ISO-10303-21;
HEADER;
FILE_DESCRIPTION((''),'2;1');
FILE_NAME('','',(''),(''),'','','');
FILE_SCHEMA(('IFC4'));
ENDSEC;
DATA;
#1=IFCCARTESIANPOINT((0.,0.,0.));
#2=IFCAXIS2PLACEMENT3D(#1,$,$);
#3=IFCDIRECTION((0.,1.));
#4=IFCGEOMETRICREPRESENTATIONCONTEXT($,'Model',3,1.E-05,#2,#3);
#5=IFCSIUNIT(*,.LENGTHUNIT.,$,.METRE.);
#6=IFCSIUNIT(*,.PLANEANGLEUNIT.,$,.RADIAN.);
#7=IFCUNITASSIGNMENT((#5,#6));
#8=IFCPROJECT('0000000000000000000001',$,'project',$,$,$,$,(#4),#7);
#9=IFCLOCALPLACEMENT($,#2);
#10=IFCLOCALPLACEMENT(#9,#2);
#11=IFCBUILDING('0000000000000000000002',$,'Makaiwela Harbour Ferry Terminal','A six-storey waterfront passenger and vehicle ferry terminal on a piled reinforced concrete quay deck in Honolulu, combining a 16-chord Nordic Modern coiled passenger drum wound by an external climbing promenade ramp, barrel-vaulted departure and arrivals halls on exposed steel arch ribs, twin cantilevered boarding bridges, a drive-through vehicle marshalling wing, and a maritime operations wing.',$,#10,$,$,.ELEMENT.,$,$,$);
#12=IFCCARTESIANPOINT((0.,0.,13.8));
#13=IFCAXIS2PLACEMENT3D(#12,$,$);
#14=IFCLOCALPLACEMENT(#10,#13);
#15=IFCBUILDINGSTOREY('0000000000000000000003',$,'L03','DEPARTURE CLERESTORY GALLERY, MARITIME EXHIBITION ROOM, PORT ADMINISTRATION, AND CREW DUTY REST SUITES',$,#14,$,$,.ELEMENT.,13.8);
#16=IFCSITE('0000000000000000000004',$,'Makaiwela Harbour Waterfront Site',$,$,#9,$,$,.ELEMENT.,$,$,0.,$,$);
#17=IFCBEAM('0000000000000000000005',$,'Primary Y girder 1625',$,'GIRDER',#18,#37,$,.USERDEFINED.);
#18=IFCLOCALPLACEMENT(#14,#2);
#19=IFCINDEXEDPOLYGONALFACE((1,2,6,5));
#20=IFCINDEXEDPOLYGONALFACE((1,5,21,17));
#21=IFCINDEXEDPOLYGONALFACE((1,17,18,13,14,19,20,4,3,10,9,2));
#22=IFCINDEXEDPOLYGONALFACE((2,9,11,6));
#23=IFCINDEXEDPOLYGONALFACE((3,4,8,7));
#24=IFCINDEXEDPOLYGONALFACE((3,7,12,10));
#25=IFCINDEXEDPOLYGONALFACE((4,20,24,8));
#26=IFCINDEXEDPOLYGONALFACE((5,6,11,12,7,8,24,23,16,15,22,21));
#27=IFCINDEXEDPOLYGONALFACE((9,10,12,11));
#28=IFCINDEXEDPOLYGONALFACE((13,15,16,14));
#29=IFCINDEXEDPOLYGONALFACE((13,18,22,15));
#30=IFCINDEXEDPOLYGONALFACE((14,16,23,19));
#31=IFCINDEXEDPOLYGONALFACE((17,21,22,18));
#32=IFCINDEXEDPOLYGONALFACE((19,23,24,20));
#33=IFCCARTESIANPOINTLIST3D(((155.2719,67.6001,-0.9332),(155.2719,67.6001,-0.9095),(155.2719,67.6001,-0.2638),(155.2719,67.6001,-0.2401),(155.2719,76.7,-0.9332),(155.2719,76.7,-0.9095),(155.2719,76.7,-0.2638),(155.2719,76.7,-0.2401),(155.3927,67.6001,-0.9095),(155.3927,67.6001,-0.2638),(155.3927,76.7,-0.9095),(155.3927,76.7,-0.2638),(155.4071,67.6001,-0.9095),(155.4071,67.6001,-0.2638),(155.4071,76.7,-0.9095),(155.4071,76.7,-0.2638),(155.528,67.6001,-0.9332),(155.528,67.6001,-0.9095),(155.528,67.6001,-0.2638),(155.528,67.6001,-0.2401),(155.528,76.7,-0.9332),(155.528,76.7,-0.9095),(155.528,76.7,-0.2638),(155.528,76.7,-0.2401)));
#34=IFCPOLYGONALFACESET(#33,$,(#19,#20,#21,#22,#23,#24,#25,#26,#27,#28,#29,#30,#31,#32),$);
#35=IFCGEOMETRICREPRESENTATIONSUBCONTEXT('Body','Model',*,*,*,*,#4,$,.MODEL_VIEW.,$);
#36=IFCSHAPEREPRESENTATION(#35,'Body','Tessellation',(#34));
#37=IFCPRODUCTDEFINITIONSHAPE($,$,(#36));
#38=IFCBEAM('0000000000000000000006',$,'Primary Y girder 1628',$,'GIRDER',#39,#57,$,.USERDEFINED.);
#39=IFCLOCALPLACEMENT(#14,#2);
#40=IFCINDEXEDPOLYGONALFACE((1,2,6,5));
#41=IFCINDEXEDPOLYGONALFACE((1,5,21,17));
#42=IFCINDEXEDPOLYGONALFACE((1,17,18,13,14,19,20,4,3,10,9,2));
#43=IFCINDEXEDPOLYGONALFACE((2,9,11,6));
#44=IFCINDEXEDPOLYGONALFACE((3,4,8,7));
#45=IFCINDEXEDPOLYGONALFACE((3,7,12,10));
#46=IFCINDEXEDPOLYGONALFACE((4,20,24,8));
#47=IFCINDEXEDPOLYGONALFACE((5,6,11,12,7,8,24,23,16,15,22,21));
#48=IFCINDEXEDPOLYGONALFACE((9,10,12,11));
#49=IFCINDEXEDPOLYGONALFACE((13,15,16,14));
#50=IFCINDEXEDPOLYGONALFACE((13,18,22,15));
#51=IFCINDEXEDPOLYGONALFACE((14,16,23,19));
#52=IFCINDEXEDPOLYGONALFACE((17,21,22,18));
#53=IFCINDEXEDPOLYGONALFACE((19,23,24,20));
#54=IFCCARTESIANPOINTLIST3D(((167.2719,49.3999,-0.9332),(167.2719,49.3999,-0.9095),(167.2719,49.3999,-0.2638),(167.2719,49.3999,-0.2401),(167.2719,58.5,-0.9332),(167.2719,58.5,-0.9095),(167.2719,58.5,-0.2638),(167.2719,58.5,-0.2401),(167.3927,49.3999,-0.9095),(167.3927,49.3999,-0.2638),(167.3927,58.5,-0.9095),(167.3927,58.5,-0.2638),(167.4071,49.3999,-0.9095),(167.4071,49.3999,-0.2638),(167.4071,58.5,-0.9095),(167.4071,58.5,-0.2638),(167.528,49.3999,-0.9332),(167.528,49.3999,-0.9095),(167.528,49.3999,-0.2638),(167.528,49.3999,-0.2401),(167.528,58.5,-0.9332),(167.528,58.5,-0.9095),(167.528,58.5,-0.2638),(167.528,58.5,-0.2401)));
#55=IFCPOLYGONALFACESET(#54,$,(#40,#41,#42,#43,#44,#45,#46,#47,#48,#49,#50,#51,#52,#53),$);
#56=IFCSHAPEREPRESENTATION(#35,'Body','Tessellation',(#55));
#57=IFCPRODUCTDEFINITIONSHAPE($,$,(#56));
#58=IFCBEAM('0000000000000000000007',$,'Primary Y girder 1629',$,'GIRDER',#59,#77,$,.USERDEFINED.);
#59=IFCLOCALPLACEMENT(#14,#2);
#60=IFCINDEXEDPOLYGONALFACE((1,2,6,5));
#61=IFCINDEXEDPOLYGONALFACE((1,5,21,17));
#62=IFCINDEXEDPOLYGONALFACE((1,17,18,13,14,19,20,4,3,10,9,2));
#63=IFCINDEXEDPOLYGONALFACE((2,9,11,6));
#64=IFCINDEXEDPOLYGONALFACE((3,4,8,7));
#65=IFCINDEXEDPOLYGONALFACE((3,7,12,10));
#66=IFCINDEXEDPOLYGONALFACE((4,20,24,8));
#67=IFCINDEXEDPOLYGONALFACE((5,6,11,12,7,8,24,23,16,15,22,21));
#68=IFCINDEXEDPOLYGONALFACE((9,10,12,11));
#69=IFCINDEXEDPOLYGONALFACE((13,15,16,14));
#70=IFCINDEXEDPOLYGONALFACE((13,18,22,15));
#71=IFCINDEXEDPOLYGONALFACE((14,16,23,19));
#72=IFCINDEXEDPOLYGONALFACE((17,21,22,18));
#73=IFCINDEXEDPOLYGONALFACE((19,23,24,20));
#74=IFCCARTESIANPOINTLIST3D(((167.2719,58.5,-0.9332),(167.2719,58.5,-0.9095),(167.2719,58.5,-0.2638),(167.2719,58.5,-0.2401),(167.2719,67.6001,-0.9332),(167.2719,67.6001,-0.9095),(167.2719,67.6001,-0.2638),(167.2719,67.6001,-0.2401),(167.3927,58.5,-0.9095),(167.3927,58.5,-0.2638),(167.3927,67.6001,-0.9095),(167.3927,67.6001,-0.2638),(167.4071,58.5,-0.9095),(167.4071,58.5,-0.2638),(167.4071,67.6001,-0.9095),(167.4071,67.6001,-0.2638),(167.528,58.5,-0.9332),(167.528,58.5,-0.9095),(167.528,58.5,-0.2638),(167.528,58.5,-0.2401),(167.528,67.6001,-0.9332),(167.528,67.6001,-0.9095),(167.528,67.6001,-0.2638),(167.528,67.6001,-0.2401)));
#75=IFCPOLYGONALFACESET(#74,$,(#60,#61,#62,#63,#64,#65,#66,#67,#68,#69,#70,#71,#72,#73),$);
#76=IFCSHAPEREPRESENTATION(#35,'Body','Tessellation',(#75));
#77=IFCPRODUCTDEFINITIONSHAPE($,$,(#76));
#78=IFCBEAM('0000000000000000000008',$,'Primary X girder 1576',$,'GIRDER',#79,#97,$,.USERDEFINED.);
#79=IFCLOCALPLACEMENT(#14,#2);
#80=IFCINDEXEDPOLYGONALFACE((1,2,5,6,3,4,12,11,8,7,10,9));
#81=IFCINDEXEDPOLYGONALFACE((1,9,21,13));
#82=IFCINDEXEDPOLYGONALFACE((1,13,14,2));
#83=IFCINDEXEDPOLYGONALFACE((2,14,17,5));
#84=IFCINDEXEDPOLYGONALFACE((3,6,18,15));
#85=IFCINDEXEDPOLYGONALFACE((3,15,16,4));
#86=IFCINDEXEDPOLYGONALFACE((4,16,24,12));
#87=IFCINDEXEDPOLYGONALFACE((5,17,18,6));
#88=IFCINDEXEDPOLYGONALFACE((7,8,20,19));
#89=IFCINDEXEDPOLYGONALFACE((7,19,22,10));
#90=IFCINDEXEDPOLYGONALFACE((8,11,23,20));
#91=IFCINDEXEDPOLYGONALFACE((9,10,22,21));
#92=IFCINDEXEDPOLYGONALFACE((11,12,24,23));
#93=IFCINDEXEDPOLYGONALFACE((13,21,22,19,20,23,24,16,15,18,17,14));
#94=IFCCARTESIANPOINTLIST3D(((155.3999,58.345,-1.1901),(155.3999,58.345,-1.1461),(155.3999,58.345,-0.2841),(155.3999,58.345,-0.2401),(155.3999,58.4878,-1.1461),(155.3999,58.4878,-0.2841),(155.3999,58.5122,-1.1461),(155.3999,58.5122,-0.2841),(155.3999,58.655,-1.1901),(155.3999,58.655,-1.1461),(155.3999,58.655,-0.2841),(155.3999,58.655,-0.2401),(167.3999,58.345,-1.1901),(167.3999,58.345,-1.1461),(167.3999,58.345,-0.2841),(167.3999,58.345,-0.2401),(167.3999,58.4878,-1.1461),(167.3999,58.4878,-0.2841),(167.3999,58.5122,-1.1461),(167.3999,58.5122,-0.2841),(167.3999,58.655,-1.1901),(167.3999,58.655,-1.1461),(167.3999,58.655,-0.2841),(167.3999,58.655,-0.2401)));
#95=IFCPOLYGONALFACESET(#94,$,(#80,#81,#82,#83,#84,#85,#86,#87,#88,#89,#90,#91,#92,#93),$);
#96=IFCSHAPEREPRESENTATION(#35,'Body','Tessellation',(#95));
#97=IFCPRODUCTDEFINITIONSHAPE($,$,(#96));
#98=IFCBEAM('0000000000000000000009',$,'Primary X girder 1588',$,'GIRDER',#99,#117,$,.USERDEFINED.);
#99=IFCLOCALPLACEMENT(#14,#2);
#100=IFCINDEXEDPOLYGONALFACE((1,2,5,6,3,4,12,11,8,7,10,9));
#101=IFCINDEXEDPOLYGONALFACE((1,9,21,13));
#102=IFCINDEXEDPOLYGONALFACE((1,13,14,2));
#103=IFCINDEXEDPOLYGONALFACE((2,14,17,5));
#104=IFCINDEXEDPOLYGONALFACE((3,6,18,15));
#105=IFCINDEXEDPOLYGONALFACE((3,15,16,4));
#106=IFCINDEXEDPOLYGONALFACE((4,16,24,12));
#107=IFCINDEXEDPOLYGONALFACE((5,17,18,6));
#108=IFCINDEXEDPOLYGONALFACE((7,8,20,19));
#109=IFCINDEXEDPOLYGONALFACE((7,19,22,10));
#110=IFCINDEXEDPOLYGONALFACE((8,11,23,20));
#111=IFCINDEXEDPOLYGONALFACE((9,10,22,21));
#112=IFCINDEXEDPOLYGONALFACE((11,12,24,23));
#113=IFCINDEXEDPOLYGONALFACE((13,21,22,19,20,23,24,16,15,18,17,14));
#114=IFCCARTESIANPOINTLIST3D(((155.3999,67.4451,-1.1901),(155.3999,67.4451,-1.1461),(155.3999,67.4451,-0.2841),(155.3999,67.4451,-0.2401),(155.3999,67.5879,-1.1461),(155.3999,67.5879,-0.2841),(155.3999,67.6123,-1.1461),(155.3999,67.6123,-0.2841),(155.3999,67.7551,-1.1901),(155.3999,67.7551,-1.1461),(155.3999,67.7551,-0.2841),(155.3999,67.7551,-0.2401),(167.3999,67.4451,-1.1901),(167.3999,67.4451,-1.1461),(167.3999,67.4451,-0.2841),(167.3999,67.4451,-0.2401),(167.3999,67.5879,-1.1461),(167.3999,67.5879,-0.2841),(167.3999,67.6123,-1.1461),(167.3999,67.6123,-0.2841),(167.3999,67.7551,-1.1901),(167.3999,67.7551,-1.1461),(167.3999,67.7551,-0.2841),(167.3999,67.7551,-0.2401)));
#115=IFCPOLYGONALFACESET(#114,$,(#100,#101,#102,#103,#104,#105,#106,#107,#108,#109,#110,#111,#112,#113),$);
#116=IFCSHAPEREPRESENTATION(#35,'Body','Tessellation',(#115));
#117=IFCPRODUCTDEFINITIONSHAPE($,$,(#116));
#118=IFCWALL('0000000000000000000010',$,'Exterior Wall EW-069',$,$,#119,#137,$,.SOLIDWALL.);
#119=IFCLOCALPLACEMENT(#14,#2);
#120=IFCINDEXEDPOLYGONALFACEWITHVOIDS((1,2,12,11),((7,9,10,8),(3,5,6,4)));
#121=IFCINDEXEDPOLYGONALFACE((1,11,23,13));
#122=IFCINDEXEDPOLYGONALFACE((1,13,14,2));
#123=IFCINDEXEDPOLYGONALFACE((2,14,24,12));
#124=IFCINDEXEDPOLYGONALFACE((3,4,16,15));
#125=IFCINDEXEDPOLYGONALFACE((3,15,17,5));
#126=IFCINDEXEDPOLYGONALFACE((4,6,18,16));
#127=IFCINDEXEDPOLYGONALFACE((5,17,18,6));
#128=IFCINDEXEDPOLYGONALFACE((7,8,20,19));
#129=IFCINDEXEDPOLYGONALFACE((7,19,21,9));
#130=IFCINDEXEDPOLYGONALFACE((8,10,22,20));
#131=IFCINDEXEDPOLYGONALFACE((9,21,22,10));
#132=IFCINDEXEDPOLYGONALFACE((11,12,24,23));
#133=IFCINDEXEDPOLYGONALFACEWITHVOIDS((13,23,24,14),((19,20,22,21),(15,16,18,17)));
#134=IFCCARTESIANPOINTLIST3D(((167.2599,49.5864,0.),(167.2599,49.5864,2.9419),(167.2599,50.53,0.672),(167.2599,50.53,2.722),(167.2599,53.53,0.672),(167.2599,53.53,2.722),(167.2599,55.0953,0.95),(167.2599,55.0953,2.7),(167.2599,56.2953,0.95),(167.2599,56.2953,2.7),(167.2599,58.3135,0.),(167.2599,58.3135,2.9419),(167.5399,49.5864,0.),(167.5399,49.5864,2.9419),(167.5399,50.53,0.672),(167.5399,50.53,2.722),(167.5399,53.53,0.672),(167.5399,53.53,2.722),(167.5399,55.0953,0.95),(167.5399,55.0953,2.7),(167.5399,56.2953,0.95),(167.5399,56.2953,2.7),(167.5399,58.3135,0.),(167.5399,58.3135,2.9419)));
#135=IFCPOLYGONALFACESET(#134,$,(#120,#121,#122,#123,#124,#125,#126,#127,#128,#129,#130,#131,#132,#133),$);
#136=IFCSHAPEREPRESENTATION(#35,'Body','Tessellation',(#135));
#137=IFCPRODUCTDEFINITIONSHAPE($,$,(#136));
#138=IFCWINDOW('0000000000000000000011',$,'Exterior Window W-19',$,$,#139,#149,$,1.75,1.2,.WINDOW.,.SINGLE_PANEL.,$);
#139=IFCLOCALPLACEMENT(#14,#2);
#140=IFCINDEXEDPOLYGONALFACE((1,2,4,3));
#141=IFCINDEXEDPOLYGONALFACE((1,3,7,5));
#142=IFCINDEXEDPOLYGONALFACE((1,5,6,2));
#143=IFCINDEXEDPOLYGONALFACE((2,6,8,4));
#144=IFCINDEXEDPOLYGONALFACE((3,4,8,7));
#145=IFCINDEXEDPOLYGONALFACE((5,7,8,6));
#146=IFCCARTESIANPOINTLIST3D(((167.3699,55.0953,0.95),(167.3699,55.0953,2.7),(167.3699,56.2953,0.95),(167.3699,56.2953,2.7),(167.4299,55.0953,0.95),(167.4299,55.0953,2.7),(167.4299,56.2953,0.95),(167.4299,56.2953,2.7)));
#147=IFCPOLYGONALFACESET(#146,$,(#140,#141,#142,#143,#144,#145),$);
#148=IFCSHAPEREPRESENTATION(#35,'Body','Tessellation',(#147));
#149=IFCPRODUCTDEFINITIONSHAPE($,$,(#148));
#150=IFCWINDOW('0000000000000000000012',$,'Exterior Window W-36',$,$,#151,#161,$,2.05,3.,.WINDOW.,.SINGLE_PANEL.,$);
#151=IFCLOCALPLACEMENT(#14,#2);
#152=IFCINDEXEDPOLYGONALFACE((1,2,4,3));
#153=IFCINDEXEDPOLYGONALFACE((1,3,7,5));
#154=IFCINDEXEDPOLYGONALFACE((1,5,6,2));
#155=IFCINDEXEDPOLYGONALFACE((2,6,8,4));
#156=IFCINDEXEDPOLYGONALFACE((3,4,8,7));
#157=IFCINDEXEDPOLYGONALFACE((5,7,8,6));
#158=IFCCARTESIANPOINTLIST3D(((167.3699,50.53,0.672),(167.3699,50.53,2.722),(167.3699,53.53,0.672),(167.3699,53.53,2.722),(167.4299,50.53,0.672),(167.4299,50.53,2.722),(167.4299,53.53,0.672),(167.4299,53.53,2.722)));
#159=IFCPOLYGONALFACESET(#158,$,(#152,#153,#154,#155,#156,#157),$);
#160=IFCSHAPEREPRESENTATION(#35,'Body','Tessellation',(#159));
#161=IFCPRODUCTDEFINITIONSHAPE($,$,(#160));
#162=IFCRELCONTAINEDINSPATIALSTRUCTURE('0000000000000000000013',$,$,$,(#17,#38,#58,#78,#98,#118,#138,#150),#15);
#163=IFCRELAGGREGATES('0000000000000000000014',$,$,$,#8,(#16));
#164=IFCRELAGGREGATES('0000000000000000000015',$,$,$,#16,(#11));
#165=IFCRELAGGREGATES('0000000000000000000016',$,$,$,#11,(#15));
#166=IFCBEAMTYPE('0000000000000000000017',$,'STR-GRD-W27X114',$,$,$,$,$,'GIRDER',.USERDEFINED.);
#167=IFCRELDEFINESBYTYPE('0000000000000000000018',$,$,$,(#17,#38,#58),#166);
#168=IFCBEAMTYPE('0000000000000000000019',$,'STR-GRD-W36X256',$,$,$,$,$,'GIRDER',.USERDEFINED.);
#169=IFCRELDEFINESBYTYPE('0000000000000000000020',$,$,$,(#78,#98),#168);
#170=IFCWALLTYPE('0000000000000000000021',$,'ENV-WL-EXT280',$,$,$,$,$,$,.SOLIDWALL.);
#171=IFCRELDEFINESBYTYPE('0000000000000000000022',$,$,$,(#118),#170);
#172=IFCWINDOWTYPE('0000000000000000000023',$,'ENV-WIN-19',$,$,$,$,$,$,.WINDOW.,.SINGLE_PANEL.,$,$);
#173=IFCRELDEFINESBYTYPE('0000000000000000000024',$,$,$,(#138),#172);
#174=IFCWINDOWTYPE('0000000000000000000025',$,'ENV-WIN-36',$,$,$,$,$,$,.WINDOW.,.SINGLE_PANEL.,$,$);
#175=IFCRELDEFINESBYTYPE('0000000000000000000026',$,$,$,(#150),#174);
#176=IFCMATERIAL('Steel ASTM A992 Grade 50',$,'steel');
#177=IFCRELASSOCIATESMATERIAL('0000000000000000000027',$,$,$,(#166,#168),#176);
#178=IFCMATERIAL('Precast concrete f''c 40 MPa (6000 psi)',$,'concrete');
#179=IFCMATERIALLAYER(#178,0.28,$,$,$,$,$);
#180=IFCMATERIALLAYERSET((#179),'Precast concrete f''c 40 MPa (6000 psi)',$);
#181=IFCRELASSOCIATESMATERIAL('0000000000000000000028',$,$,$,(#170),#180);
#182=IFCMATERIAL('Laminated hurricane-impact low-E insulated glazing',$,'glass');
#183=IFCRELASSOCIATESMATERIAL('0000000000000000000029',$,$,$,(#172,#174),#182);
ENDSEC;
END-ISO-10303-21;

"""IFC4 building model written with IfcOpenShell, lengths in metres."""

from ifc_helpers import new_model, si_unit, direction, frame, frame_2d, origin, origin_2d, place, context, subcontext, project, spatial, rectangle, i_section, extrude, material, layer, layer_set, material_profile, profile_set, type_object, element, fill, save


model = new_model("IFC4")

# Units and contexts
model_context = context("Model", 3, precision=1e-05, world=origin(), true_north=direction((0.0, 1.0)))
body_context = subcontext(model_context, "Body", "Model", "MODEL_VIEW")
ifc_project = project(units=[si_unit("LENGTHUNIT", "METRE"), si_unit("PLANEANGLEUNIT", "RADIAN")], contexts=[model_context])

# Site, building, storey
site_placement = place(None, origin())
site = spatial("IfcSite", under=ifc_project, at=site_placement, Name="Makaiwela Harbour Waterfront Site", CompositionType="ELEMENT", RefElevation=0.0)
building_placement = place(site_placement, origin())
building = spatial("IfcBuilding", under=site, at=building_placement, Name="Makaiwela Harbour Ferry Terminal", Description="A six-storey waterfront passenger and vehicle ferry terminal on a piled reinforced concrete quay deck in Honolulu, combining a 16-chord Nordic Modern coiled passenger drum wound by an external climbing promenade ramp, barrel-vaulted departure and arrivals halls on exposed steel arch ribs, twin cantilevered boarding bridges, a drive-through vehicle marshalling wing, and a maritime operations wing.", CompositionType="ELEMENT")
storey_placement = place(building_placement, frame((0.0, 0.0, 13.8)))
storey = spatial("IfcBuildingStorey", under=building, at=storey_placement, Name="L03", Description="DEPARTURE CLERESTORY GALLERY, MARITIME EXHIBITION ROOM, PORT ADMINISTRATION, AND CREW DUTY REST SUITES", CompositionType="ELEMENT", Elevation=13.8)

# Shared definitions
ifc_material_1 = material(Name="Steel ASTM A992 Grade 50", Category="steel")

# Beams
ifc_material_profile_1 = material_profile(ifc_material_1, i_section(OverallWidth=0.2561, OverallDepth=0.6931, WebThickness=0.0144, FlangeThickness=0.0237, at=origin_2d()), Name="W27X114")
ifc_profile_set_1 = profile_set([ifc_material_profile_1], Name="Steel ASTM A992 Grade 50")
beam_type_1 = type_object("IfcBeamType", Name="STR-GRD-W27X114", ElementType="GIRDER", PredefinedType="USERDEFINED", material=ifc_profile_set_1)
beam_1_placement = place(storey_placement, frame((155.3999, 67.6001, -0.5867), z_axis=(0.0, 1.0, 0.0), x_axis=(-1.0, 0.0, 0.0)))
element("IfcBeam", 1, at=beam_1_placement, inside=storey, type_object=beam_type_1, Name="Primary Y girder 1625", ObjectType="GIRDER", PredefinedType="USERDEFINED", context=body_context, shape_type="SweptSolid", body=[
    extrude(i_section(OverallWidth=0.2561, OverallDepth=0.6931, WebThickness=0.0144, FlangeThickness=0.0237, at=origin_2d()), origin(), (0.0, 0.0, 1.0), 9.0999),
])
for number, where, z_axis, x_axis, name in (
    (2, (167.3999, 49.3999, -0.5867), (0.0, 1.0, 0.0), (-1.0, 0.0, 0.0), "Primary Y girder 1628"),
    (3, (167.3999, 58.5, -0.5867), (0.0, 1.0, 0.0), (-1.0, 0.0, 0.0), "Primary Y girder 1629"),
):
    element("IfcBeam", number, at=place(storey_placement, frame(where, z_axis=z_axis, x_axis=x_axis)), inside=storey, type_object=beam_type_1, Name=name, ObjectType="GIRDER", PredefinedType="USERDEFINED", context=body_context, shape_type="SweptSolid", body=[
        extrude(i_section(OverallWidth=0.2561, OverallDepth=0.6931, WebThickness=0.0144, FlangeThickness=0.0237, at=origin_2d()), origin(), (0.0, 0.0, 1.0), 9.1001),
    ])
ifc_material_profile_2 = material_profile(ifc_material_1, i_section(OverallWidth=0.3101, OverallDepth=0.95, WebThickness=0.0244, FlangeThickness=0.0439, at=origin_2d()), Name="W36X256")
ifc_profile_set_2 = profile_set([ifc_material_profile_2], Name="Steel ASTM A992 Grade 50")
beam_type_2 = type_object("IfcBeamType", Name="STR-GRD-W36X256", ElementType="GIRDER", PredefinedType="USERDEFINED", material=ifc_profile_set_2)
for number, where, z_axis, x_axis, name in (
    (4, (155.3999, 58.5, -0.7151), (1.0, 0.0, 0.0), (0.0, 1.0, 0.0), "Primary X girder 1576"),
    (5, (155.3999, 67.6001, -0.7151), (1.0, 0.0, 0.0), (0.0, 1.0, 0.0), "Primary X girder 1588"),
):
    element("IfcBeam", number, at=place(storey_placement, frame(where, z_axis=z_axis, x_axis=x_axis)), inside=storey, type_object=beam_type_2, Name=name, ObjectType="GIRDER", PredefinedType="USERDEFINED", context=body_context, shape_type="SweptSolid", body=[
        extrude(i_section(OverallWidth=0.3101, OverallDepth=0.95, WebThickness=0.0244, FlangeThickness=0.0439, at=origin_2d()), origin(), (0.0, 0.0, 1.0), 12.0),
    ])

# Wall, openings, windows
ifc_material_2 = material(Name="Precast concrete f'c 40 MPa (6000 psi)", Category="concrete")
ifc_layer_1 = layer(ifc_material_2, 0.28)
ifc_layer_set_1 = layer_set([ifc_layer_1], Name="Precast concrete f'c 40 MPa (6000 psi)")
wall_type = type_object("IfcWallType", Name="ENV-WL-EXT280", PredefinedType="SOLIDWALL", material=ifc_layer_set_1)
wall_1_placement = place(storey_placement, frame((167.3999, 58.3135, 0.0), z_axis=(0.0, 0.0, 1.0), x_axis=(0.0, -1.0, 0.0)))
wall_1 = element("IfcWall", 6, at=wall_1_placement, inside=storey, type_object=wall_type, Name="Exterior Wall EW-069", PredefinedType="SOLIDWALL", context=body_context, shape_type="SweptSolid", body=[
    extrude(rectangle(XDim=8.7271, YDim=0.28, at=frame_2d((4.3635, 0.0))), origin(), (0.0, 0.0, 1.0), 2.9419),
])
opening_1_placement = place(wall_1_placement, frame((2.0181, 0.0, 0.95)))
opening_1 = element("IfcOpeningElement", 7, at=opening_1_placement, cuts=wall_1, PredefinedType="OPENING", context=body_context, shape_type="SweptSolid", body=[
    extrude(rectangle(XDim=1.2, YDim=1.75, at=frame_2d((0.6001, 0.875))), frame((0.0, 0.1499, 0.0), z_axis=(0.0, -1.0, 0.0), x_axis=(1.0, 0.0, 0.0)), (0.0, 0.0, 1.0), 0.3),
])
opening_2_placement = place(wall_1_placement, frame((4.7834, 0.0, 0.6721)))
opening_2 = element("IfcOpeningElement", 8, at=opening_2_placement, cuts=wall_1, PredefinedType="OPENING", context=body_context, shape_type="SweptSolid", body=[
    extrude(rectangle(XDim=3.0, YDim=2.05, at=frame_2d((1.5, 1.0249))), frame((0.0, 0.1499, 0.0), z_axis=(0.0, -1.0, 0.0), x_axis=(1.0, 0.0, 0.0)), (0.0, 0.0, 1.0), 0.3),
])
ifc_material_3 = material(Name="Laminated hurricane-impact low-E insulated glazing", Category="glass")
window_type_1 = type_object("IfcWindowType", Name="ENV-WIN-19", PartitioningType="SINGLE_PANEL", PredefinedType="WINDOW", material=ifc_material_3)
window_1_placement = place(opening_1_placement, origin())
window_1 = element("IfcWindow", 9, at=window_1_placement, inside=storey, type_object=window_type_1, Name="Exterior Window W-19", OverallHeight=1.75, OverallWidth=1.2, PartitioningType="SINGLE_PANEL", PredefinedType="WINDOW", context=body_context, shape_type="SweptSolid", body=[
    extrude(rectangle(XDim=1.2, YDim=1.75, at=frame_2d((0.6001, 0.875))), frame((0.0, 0.03, 0.0), z_axis=(0.0, -1.0, 0.0), x_axis=(1.0, 0.0, 0.0)), (0.0, 0.0, 1.0), 0.0601),
])
fill(opening_1, window_1)
window_type_2 = type_object("IfcWindowType", Name="ENV-WIN-36", PartitioningType="SINGLE_PANEL", PredefinedType="WINDOW", material=ifc_material_3)
window_2_placement = place(opening_2_placement, origin())
window_2 = element("IfcWindow", 10, at=window_2_placement, inside=storey, type_object=window_type_2, Name="Exterior Window W-36", OverallHeight=2.05, OverallWidth=3.0, PartitioningType="SINGLE_PANEL", PredefinedType="WINDOW", context=body_context, shape_type="SweptSolid", body=[
    extrude(rectangle(XDim=3.0, YDim=2.05, at=frame_2d((1.5, 1.0249))), frame((0.0, 0.03, 0.0), z_axis=(0.0, -1.0, 0.0), x_axis=(1.0, 0.0, 0.0)), (0.0, 0.0, 1.0), 0.0601),
])
fill(opening_2, window_2)

save(model, "model.ifc")
